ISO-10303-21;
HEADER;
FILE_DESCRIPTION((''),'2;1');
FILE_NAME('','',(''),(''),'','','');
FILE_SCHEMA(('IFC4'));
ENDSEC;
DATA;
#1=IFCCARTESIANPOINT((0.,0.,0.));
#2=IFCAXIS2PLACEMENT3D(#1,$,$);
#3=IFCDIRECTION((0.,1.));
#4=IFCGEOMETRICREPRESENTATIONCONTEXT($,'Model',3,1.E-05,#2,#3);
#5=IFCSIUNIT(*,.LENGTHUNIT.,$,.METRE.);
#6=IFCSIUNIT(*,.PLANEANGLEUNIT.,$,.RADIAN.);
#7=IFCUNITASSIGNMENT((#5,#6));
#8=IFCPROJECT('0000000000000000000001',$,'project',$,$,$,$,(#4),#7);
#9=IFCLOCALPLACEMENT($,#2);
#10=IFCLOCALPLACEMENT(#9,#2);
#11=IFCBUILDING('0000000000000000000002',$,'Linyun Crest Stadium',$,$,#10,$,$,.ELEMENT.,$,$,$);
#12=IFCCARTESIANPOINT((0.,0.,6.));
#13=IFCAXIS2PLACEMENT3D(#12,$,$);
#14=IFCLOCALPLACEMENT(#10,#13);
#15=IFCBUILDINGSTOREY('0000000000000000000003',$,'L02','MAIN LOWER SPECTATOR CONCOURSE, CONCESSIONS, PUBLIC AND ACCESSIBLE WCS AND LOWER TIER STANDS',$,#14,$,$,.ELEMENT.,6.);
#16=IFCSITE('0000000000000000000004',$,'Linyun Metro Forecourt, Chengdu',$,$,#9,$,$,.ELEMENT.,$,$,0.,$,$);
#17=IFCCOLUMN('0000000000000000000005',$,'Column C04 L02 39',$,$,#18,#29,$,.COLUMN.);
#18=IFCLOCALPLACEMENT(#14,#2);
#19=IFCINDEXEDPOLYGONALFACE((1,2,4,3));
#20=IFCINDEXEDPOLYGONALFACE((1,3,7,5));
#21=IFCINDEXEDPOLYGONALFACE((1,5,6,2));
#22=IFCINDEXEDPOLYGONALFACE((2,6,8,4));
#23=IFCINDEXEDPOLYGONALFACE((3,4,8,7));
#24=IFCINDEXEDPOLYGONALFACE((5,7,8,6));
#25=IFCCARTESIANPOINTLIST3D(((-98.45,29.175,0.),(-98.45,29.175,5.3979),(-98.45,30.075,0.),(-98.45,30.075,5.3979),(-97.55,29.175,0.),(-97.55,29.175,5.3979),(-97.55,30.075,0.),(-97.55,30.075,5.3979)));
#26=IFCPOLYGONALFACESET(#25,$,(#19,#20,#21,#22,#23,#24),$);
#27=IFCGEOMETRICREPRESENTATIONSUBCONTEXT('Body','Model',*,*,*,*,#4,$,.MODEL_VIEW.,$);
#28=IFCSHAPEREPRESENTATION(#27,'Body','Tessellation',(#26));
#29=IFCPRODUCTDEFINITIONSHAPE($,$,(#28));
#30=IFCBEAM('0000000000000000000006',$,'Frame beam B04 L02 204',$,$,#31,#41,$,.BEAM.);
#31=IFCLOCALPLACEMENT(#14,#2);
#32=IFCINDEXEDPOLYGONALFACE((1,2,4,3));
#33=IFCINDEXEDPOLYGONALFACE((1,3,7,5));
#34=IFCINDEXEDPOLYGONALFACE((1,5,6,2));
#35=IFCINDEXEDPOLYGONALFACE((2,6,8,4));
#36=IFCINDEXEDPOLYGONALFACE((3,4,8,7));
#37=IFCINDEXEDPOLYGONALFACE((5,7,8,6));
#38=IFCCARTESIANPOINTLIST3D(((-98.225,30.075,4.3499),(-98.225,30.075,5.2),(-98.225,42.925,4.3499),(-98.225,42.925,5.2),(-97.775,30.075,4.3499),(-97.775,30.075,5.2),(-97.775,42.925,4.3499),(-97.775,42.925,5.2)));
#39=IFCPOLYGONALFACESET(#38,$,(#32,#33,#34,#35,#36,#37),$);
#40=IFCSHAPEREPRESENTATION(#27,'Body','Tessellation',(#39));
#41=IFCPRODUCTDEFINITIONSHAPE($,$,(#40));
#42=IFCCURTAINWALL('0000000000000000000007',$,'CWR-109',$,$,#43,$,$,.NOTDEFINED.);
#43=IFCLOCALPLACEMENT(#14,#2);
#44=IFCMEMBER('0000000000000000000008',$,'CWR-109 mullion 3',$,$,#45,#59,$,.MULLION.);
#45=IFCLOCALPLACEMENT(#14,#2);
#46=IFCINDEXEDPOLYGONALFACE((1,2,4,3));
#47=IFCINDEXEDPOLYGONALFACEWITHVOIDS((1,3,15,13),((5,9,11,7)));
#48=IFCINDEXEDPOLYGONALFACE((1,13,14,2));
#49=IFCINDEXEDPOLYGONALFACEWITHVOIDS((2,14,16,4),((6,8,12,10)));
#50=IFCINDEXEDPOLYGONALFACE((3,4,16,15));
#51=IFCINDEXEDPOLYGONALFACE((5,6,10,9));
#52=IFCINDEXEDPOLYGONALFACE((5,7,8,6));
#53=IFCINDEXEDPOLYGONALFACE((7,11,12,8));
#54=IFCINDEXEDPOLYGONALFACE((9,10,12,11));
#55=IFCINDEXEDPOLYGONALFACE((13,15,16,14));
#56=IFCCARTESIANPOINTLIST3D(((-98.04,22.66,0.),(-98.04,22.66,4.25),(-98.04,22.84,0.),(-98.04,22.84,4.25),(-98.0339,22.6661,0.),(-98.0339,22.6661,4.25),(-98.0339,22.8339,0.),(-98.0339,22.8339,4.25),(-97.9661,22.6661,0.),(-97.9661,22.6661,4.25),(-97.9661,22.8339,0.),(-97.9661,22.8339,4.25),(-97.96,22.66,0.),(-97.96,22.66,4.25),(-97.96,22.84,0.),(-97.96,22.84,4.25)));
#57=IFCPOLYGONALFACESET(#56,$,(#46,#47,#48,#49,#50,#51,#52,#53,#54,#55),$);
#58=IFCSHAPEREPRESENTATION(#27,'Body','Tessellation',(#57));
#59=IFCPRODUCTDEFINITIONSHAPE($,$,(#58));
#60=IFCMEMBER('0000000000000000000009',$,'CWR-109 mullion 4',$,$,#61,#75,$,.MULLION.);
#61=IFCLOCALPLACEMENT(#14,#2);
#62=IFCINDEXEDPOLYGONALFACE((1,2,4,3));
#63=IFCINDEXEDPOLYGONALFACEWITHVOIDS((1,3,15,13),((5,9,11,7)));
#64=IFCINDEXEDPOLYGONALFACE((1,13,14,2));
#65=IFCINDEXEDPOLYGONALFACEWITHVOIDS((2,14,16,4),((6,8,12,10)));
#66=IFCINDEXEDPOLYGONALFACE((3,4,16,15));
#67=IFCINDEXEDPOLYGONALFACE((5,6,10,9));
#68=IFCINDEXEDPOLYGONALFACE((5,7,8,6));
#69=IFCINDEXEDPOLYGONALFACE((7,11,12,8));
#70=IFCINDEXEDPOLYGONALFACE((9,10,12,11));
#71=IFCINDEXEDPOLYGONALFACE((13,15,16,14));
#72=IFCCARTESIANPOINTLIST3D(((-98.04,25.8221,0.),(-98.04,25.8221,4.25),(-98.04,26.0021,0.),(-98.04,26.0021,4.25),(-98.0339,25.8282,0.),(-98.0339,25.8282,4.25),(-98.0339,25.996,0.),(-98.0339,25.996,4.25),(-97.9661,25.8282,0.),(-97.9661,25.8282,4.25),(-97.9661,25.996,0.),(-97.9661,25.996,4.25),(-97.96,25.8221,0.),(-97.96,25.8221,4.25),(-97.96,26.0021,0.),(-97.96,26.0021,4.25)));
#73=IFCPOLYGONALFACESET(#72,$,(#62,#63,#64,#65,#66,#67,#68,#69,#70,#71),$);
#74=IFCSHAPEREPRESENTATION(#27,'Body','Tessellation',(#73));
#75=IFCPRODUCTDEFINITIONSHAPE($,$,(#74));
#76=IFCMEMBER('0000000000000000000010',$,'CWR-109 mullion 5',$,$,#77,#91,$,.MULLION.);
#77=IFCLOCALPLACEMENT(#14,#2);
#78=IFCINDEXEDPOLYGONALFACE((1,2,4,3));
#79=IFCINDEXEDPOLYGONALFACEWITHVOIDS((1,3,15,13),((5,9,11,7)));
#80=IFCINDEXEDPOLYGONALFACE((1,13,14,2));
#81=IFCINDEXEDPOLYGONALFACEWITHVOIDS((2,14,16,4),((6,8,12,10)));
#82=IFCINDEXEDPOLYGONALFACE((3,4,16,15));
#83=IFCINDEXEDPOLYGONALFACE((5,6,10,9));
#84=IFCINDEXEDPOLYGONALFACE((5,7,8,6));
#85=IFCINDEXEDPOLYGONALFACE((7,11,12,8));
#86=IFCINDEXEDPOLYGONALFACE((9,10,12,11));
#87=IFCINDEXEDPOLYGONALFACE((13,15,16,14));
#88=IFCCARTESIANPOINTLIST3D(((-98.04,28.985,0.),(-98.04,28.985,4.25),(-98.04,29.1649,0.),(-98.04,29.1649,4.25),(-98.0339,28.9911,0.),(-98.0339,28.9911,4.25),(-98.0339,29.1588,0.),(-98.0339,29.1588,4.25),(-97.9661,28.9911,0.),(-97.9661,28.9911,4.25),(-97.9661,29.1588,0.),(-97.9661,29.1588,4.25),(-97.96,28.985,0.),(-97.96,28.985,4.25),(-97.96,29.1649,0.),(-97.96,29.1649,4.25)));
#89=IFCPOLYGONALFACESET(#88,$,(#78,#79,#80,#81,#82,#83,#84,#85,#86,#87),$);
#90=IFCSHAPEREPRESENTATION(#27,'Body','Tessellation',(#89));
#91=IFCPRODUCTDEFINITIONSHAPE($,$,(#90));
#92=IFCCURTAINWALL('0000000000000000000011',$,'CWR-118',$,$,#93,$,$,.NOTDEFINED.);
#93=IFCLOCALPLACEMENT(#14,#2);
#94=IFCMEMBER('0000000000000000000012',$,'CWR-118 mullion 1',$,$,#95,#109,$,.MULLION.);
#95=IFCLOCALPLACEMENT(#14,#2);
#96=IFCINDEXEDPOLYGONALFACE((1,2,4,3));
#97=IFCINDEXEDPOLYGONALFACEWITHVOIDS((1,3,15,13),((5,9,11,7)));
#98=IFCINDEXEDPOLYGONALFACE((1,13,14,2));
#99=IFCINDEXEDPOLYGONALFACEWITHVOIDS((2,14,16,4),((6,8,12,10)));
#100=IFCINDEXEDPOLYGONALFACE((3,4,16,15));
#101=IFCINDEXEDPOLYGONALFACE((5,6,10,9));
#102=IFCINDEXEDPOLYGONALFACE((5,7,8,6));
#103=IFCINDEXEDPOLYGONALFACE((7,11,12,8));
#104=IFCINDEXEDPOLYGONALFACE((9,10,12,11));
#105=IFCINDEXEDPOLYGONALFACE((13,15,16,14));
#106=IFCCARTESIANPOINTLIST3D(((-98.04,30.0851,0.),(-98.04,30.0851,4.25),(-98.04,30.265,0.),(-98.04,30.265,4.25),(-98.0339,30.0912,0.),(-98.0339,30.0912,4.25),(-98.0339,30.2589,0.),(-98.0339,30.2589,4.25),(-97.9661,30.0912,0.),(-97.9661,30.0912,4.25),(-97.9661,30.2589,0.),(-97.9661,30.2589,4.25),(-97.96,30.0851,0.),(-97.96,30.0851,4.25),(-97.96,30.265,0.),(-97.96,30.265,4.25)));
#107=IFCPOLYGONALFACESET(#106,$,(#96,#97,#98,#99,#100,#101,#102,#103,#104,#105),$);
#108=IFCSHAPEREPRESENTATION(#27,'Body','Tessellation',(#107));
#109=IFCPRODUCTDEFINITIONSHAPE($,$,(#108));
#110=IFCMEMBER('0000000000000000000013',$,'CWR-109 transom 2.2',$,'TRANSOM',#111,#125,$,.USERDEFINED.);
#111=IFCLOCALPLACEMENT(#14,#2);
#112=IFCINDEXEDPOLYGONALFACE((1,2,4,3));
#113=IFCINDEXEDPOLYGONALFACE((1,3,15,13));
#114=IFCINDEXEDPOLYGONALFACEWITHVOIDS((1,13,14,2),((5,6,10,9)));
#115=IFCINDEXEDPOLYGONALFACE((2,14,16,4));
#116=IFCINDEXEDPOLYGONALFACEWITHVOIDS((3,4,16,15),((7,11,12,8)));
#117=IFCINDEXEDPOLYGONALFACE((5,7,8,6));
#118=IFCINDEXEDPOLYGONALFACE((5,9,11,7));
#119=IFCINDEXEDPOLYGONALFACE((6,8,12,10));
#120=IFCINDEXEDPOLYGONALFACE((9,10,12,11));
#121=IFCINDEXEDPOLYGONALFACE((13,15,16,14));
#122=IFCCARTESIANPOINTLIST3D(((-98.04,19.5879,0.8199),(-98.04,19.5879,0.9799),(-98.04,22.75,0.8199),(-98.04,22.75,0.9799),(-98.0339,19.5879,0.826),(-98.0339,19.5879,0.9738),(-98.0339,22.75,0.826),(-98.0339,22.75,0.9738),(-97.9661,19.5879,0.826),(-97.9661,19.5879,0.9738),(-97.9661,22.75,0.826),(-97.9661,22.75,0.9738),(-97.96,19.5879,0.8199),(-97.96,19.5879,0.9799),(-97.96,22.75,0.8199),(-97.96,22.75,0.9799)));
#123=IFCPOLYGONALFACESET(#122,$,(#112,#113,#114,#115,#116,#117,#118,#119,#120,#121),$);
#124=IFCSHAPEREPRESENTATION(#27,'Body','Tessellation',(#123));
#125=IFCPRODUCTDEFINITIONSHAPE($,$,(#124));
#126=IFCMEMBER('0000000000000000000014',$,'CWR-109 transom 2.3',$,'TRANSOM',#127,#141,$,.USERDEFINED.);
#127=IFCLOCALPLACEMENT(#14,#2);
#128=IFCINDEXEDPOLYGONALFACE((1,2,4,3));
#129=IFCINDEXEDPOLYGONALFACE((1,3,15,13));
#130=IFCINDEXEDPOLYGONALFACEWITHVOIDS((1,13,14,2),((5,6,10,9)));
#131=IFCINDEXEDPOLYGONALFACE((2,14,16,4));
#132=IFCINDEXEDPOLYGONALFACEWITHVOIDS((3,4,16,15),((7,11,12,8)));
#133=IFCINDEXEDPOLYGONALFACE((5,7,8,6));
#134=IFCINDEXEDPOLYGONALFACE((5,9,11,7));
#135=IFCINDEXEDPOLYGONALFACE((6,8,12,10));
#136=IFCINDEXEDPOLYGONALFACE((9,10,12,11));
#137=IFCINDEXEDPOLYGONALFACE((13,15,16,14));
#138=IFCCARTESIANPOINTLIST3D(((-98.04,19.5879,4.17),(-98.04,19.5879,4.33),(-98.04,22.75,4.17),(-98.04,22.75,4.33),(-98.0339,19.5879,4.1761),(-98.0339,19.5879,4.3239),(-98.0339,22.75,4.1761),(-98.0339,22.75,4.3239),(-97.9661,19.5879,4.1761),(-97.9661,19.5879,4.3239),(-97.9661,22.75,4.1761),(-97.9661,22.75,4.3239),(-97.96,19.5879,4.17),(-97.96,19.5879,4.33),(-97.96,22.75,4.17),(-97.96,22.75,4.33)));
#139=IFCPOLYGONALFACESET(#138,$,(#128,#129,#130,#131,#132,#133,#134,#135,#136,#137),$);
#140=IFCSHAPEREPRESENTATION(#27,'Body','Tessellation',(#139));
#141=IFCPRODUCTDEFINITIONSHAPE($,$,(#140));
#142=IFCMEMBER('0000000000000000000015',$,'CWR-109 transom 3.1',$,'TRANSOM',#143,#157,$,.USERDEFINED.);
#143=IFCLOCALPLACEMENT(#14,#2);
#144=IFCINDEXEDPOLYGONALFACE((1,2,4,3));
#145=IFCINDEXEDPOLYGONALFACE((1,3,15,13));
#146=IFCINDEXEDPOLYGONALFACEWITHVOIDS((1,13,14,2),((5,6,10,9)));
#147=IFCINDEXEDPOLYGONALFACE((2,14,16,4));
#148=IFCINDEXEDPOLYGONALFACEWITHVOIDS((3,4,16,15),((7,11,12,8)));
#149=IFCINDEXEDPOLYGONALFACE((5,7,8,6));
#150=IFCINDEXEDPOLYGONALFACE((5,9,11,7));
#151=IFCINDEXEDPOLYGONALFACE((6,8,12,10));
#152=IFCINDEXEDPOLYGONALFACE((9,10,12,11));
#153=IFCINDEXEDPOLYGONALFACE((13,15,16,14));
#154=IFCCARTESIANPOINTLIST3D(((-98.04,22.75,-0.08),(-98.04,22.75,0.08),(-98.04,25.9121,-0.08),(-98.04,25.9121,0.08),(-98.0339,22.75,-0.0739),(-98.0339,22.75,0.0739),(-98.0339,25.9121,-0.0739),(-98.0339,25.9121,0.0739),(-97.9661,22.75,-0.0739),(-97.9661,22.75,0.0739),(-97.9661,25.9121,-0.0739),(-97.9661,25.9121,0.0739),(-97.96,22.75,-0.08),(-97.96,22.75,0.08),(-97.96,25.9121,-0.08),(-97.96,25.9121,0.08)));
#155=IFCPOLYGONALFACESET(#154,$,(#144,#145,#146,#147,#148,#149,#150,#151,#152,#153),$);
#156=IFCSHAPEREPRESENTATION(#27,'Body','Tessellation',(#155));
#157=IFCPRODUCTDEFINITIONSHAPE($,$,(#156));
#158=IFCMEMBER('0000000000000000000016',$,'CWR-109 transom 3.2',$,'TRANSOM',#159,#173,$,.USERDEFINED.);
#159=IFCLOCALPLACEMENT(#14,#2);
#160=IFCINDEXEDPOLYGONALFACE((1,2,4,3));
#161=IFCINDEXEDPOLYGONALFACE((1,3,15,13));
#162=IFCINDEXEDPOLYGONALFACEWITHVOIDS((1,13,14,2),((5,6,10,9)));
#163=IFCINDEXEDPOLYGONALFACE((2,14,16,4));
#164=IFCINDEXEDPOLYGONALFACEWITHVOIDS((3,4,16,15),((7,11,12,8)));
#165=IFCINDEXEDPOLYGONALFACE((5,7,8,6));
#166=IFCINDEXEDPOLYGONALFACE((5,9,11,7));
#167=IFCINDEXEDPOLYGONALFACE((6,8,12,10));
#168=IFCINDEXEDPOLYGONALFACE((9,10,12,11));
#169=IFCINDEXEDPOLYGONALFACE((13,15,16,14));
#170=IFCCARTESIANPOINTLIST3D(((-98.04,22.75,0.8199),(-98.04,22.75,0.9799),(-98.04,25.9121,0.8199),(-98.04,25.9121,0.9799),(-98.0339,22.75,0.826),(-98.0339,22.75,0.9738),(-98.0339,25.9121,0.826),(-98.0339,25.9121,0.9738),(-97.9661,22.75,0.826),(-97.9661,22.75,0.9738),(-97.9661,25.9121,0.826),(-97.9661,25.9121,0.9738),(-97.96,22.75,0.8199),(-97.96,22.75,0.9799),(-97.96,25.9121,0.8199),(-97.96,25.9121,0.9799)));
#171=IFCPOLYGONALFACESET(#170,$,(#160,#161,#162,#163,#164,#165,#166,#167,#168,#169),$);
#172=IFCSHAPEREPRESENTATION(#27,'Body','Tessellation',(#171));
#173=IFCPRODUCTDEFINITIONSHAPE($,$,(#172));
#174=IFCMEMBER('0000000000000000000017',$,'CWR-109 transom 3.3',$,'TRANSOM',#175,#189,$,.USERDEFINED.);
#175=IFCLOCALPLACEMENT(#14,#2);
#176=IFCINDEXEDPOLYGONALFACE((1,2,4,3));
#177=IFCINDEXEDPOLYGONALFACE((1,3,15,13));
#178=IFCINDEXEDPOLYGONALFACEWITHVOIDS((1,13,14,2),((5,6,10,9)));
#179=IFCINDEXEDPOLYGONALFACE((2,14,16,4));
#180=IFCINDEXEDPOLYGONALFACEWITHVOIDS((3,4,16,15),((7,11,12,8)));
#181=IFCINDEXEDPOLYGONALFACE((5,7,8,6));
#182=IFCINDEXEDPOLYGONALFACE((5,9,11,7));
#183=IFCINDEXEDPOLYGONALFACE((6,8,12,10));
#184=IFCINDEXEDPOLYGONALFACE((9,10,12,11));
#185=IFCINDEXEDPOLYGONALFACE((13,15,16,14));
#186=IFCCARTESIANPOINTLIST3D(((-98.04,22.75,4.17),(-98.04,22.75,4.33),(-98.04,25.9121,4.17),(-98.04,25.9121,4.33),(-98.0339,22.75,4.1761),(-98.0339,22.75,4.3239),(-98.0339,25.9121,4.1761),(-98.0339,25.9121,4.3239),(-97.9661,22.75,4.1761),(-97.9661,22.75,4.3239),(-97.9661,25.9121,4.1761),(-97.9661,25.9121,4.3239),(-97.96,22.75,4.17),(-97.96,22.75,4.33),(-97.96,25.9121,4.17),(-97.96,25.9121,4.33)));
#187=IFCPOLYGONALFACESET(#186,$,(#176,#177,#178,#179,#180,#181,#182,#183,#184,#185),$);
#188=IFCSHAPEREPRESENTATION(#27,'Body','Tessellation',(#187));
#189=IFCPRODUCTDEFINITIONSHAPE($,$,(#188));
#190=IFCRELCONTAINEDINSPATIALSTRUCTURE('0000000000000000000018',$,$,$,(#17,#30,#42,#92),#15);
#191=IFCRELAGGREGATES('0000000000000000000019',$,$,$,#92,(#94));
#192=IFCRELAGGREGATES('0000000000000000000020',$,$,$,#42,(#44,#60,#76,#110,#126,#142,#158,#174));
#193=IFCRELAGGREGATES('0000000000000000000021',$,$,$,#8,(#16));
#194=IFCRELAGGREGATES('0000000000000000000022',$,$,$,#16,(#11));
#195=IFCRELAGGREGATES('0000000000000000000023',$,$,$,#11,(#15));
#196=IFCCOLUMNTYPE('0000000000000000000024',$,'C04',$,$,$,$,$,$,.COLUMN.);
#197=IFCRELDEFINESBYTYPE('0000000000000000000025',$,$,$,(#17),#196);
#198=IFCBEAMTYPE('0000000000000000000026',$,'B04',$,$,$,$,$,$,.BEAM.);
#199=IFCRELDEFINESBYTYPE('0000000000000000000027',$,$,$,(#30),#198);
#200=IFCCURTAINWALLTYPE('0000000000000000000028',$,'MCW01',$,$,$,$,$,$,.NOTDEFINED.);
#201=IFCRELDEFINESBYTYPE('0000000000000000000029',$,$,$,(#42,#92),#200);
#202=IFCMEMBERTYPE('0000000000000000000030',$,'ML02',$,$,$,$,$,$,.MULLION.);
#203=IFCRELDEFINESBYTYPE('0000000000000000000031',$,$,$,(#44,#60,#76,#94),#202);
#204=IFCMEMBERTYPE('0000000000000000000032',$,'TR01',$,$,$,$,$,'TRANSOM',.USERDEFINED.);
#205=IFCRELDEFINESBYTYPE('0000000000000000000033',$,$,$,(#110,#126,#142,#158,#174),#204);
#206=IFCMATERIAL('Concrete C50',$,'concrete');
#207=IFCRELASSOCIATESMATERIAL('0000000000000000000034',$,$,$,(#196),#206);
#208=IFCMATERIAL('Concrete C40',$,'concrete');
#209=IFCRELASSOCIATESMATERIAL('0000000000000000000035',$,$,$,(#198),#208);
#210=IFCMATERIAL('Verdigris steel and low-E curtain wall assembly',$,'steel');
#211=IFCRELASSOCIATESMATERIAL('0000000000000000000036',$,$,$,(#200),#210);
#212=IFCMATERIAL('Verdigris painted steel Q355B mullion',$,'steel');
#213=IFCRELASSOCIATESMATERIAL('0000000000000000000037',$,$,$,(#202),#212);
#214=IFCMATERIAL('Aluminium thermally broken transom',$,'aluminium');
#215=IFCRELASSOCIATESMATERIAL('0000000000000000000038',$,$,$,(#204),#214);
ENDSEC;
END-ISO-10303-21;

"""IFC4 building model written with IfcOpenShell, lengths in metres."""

from ifc_helpers import new_model, si_unit, direction, frame, origin, origin_2d, place, context, subcontext, project, spatial, rectangle, hollow_rectangle, extrude, material, material_profile, profile_set, type_object, element, aggregate, save


model = new_model("IFC4")

# Units and contexts
model_context = context("Model", 3, precision=1e-05, world=origin(), true_north=direction((0.0, 1.0)))
body_context = subcontext(model_context, "Body", "Model", "MODEL_VIEW")
ifc_project = project(units=[si_unit("LENGTHUNIT", "METRE"), si_unit("PLANEANGLEUNIT", "RADIAN")], contexts=[model_context])

# Site, building, storey
site_placement = place(None, origin())
site = spatial("IfcSite", under=ifc_project, at=site_placement, Name="Linyun Metro Forecourt, Chengdu", CompositionType="ELEMENT", RefElevation=0.0)
building_placement = place(site_placement, origin())
building = spatial("IfcBuilding", under=site, at=building_placement, Name="Linyun Crest Stadium", CompositionType="ELEMENT")
storey_placement = place(building_placement, frame((0.0, 0.0, 6.0)))
storey = spatial("IfcBuildingStorey", under=building, at=storey_placement, Name="L02", Description="MAIN LOWER SPECTATOR CONCOURSE, CONCESSIONS, PUBLIC AND ACCESSIBLE WCS AND LOWER TIER STANDS", CompositionType="ELEMENT", Elevation=6.0)

# Column
ifc_material_1 = material(Name="Concrete C50", Category="concrete")
ifc_material_profile_1 = material_profile(ifc_material_1, rectangle(XDim=0.8999, YDim=0.8999, at=origin_2d()), Name="RC 900x900")
ifc_profile_set_1 = profile_set([ifc_material_profile_1], Name="Concrete C50")
column_type = type_object("IfcColumnType", Name="C04", PredefinedType="COLUMN", material=ifc_profile_set_1)
column_placement = place(storey_placement, frame((-98.0, 29.625, 0.0), z_axis=(0.0, 0.0, 1.0), x_axis=(1.0, 0.0, 0.0)))
element("IfcColumn", 1, at=column_placement, inside=storey, type_object=column_type, Name="Column C04 L02 39", PredefinedType="COLUMN", context=body_context, shape_type="SweptSolid", body=[
    extrude(rectangle(XDim=0.8999, YDim=0.8999, at=origin_2d()), origin(), (0.0, 0.0, 1.0), 5.3979),
])

# Beam
ifc_material_2 = material(Name="Concrete C40", Category="concrete")
ifc_material_profile_2 = material_profile(ifc_material_2, rectangle(XDim=0.45, YDim=0.8501, at=origin_2d()), Name="RCB 850x450")
ifc_profile_set_2 = profile_set([ifc_material_profile_2], Name="Concrete C40")
beam_type = type_object("IfcBeamType", Name="B04", PredefinedType="BEAM", material=ifc_profile_set_2)
beam_placement = place(storey_placement, frame((-98.0, 30.075, 4.7749), z_axis=(0.0, 1.0, 0.0), x_axis=(-1.0, 0.0, 0.0)))
element("IfcBeam", 2, at=beam_placement, inside=storey, type_object=beam_type, Name="Frame beam B04 L02 204", PredefinedType="BEAM", context=body_context, shape_type="SweptSolid", body=[
    extrude(rectangle(XDim=0.45, YDim=0.8501, at=origin_2d()), origin(), (0.0, 0.0, 1.0), 12.8501),
])

# Curtain wall, members
ifc_material_3 = material(Name="Verdigris steel and low-E curtain wall assembly", Category="steel")
curtain_wall_type = type_object("IfcCurtainWallType", Name="MCW01", PredefinedType="NOTDEFINED", material=ifc_material_3)
curtain_wall_1_placement = place(storey_placement, origin())
curtain_wall_1 = element("IfcCurtainWall", 3, at=curtain_wall_1_placement, inside=storey, type_object=curtain_wall_type, Name="CWR-109", PredefinedType="NOTDEFINED")
ifc_material_4 = material(Name="Verdigris painted steel Q355B mullion", Category="steel")
ifc_material_profile_3 = material_profile(ifc_material_4, hollow_rectangle(XDim=0.0801, YDim=0.1799, WallThickness=0.0061, at=origin_2d()), Name="RHS 180x80x6")
ifc_profile_set_3 = profile_set([ifc_material_profile_3], Name="Verdigris painted steel Q355B mullion")
member_type_1 = type_object("IfcMemberType", Name="ML02", PredefinedType="MULLION", material=ifc_profile_set_3)
member_1_placement = place(storey_placement, frame((-98.0, 22.75, 0.0), z_axis=(0.0, 0.0, 1.0), x_axis=(-1.0, 0.0, 0.0)))
member_1 = element("IfcMember", 4, at=member_1_placement, type_object=member_type_1, Name="CWR-109 mullion 3", PredefinedType="MULLION", context=body_context, shape_type="SweptSolid", body=[
    extrude(hollow_rectangle(XDim=0.0801, YDim=0.1799, WallThickness=0.0061, at=origin_2d()), origin(), (0.0, 0.0, 1.0), 4.25),
])
member_2_placement = place(storey_placement, frame((-98.0, 25.9121, 0.0), z_axis=(0.0, 0.0, 1.0), x_axis=(-1.0, 0.0, 0.0)))
member_2 = element("IfcMember", 5, at=member_2_placement, type_object=member_type_1, Name="CWR-109 mullion 4", PredefinedType="MULLION", context=body_context, shape_type="SweptSolid", body=[
    extrude(hollow_rectangle(XDim=0.0801, YDim=0.1799, WallThickness=0.0061, at=origin_2d()), origin(), (0.0, 0.0, 1.0), 4.25),
])
member_3_placement = place(storey_placement, frame((-98.0, 29.075, 0.0), z_axis=(0.0, 0.0, 1.0), x_axis=(-1.0, 0.0, 0.0)))
member_3 = element("IfcMember", 6, at=member_3_placement, type_object=member_type_1, Name="CWR-109 mullion 5", PredefinedType="MULLION", context=body_context, shape_type="SweptSolid", body=[
    extrude(hollow_rectangle(XDim=0.0801, YDim=0.1799, WallThickness=0.0061, at=origin_2d()), origin(), (0.0, 0.0, 1.0), 4.25),
])

# Curtain wall, member
curtain_wall_2_placement = place(storey_placement, origin())
curtain_wall_2 = element("IfcCurtainWall", 7, at=curtain_wall_2_placement, inside=storey, type_object=curtain_wall_type, Name="CWR-118", PredefinedType="NOTDEFINED")
member_4_placement = place(storey_placement, frame((-98.0, 30.175, 0.0), z_axis=(0.0, 0.0, 1.0), x_axis=(-1.0, 0.0, 0.0)))
member_4 = element("IfcMember", 8, at=member_4_placement, type_object=member_type_1, Name="CWR-118 mullion 1", PredefinedType="MULLION", context=body_context, shape_type="SweptSolid", body=[
    extrude(hollow_rectangle(XDim=0.0801, YDim=0.1799, WallThickness=0.0061, at=origin_2d()), origin(), (0.0, 0.0, 1.0), 4.25),
])
aggregate(curtain_wall_2, [member_4])

# Members
ifc_material_5 = material(Name="Aluminium thermally broken transom", Category="aluminium")
ifc_material_profile_4 = material_profile(ifc_material_5, hollow_rectangle(XDim=0.0801, YDim=0.1599, WallThickness=0.0061, at=origin_2d()), Name="RHS 160x80x6")
ifc_profile_set_4 = profile_set([ifc_material_profile_4], Name="Aluminium thermally broken transom")
member_type_2 = type_object("IfcMemberType", Name="TR01", ElementType="TRANSOM", PredefinedType="USERDEFINED", material=ifc_profile_set_4)
member_5_placement = place(storey_placement, frame((-98.0, 19.5879, 0.8999), z_axis=(0.0, 1.0, 0.0), x_axis=(-1.0, 0.0, 0.0)))
member_5 = element("IfcMember", 9, at=member_5_placement, type_object=member_type_2, Name="CWR-109 transom 2.2", ObjectType="TRANSOM", PredefinedType="USERDEFINED", context=body_context, shape_type="SweptSolid", body=[
    extrude(hollow_rectangle(XDim=0.0801, YDim=0.1599, WallThickness=0.0061, at=origin_2d()), origin(), (0.0, 0.0, 1.0), 3.1621),
])
member_6_placement = place(storey_placement, frame((-98.0, 19.5879, 4.25), z_axis=(0.0, 1.0, 0.0), x_axis=(-1.0, 0.0, 0.0)))
member_6 = element("IfcMember", 10, at=member_6_placement, type_object=member_type_2, Name="CWR-109 transom 2.3", ObjectType="TRANSOM", PredefinedType="USERDEFINED", context=body_context, shape_type="SweptSolid", body=[
    extrude(hollow_rectangle(XDim=0.0801, YDim=0.1599, WallThickness=0.0061, at=origin_2d()), origin(), (0.0, 0.0, 1.0), 3.1621),
])
member_7_placement = place(storey_placement, frame((-98.0, 22.75, 0.0), z_axis=(0.0, 1.0, 0.0), x_axis=(-1.0, 0.0, 0.0)))
member_7 = element("IfcMember", 11, at=member_7_placement, type_object=member_type_2, Name="CWR-109 transom 3.1", ObjectType="TRANSOM", PredefinedType="USERDEFINED", context=body_context, shape_type="SweptSolid", body=[
    extrude(hollow_rectangle(XDim=0.0801, YDim=0.1599, WallThickness=0.0061, at=origin_2d()), origin(), (0.0, 0.0, 1.0), 3.1621),
])
member_8_placement = place(storey_placement, frame((-98.0, 22.75, 0.8999), z_axis=(0.0, 1.0, 0.0), x_axis=(-1.0, 0.0, 0.0)))
member_8 = element("IfcMember", 12, at=member_8_placement, type_object=member_type_2, Name="CWR-109 transom 3.2", ObjectType="TRANSOM", PredefinedType="USERDEFINED", context=body_context, shape_type="SweptSolid", body=[
    extrude(hollow_rectangle(XDim=0.0801, YDim=0.1599, WallThickness=0.0061, at=origin_2d()), origin(), (0.0, 0.0, 1.0), 3.1621),
])
member_9_placement = place(storey_placement, frame((-98.0, 22.75, 4.25), z_axis=(0.0, 1.0, 0.0), x_axis=(-1.0, 0.0, 0.0)))
member_9 = element("IfcMember", 13, at=member_9_placement, type_object=member_type_2, Name="CWR-109 transom 3.3", ObjectType="TRANSOM", PredefinedType="USERDEFINED", context=body_context, shape_type="SweptSolid", body=[
    extrude(hollow_rectangle(XDim=0.0801, YDim=0.1599, WallThickness=0.0061, at=origin_2d()), origin(), (0.0, 0.0, 1.0), 3.1621),
])

aggregate(curtain_wall_1, [member_1, member_2, member_3, member_5, member_6, member_7, member_8, member_9])

save(model, "model.ifc")
